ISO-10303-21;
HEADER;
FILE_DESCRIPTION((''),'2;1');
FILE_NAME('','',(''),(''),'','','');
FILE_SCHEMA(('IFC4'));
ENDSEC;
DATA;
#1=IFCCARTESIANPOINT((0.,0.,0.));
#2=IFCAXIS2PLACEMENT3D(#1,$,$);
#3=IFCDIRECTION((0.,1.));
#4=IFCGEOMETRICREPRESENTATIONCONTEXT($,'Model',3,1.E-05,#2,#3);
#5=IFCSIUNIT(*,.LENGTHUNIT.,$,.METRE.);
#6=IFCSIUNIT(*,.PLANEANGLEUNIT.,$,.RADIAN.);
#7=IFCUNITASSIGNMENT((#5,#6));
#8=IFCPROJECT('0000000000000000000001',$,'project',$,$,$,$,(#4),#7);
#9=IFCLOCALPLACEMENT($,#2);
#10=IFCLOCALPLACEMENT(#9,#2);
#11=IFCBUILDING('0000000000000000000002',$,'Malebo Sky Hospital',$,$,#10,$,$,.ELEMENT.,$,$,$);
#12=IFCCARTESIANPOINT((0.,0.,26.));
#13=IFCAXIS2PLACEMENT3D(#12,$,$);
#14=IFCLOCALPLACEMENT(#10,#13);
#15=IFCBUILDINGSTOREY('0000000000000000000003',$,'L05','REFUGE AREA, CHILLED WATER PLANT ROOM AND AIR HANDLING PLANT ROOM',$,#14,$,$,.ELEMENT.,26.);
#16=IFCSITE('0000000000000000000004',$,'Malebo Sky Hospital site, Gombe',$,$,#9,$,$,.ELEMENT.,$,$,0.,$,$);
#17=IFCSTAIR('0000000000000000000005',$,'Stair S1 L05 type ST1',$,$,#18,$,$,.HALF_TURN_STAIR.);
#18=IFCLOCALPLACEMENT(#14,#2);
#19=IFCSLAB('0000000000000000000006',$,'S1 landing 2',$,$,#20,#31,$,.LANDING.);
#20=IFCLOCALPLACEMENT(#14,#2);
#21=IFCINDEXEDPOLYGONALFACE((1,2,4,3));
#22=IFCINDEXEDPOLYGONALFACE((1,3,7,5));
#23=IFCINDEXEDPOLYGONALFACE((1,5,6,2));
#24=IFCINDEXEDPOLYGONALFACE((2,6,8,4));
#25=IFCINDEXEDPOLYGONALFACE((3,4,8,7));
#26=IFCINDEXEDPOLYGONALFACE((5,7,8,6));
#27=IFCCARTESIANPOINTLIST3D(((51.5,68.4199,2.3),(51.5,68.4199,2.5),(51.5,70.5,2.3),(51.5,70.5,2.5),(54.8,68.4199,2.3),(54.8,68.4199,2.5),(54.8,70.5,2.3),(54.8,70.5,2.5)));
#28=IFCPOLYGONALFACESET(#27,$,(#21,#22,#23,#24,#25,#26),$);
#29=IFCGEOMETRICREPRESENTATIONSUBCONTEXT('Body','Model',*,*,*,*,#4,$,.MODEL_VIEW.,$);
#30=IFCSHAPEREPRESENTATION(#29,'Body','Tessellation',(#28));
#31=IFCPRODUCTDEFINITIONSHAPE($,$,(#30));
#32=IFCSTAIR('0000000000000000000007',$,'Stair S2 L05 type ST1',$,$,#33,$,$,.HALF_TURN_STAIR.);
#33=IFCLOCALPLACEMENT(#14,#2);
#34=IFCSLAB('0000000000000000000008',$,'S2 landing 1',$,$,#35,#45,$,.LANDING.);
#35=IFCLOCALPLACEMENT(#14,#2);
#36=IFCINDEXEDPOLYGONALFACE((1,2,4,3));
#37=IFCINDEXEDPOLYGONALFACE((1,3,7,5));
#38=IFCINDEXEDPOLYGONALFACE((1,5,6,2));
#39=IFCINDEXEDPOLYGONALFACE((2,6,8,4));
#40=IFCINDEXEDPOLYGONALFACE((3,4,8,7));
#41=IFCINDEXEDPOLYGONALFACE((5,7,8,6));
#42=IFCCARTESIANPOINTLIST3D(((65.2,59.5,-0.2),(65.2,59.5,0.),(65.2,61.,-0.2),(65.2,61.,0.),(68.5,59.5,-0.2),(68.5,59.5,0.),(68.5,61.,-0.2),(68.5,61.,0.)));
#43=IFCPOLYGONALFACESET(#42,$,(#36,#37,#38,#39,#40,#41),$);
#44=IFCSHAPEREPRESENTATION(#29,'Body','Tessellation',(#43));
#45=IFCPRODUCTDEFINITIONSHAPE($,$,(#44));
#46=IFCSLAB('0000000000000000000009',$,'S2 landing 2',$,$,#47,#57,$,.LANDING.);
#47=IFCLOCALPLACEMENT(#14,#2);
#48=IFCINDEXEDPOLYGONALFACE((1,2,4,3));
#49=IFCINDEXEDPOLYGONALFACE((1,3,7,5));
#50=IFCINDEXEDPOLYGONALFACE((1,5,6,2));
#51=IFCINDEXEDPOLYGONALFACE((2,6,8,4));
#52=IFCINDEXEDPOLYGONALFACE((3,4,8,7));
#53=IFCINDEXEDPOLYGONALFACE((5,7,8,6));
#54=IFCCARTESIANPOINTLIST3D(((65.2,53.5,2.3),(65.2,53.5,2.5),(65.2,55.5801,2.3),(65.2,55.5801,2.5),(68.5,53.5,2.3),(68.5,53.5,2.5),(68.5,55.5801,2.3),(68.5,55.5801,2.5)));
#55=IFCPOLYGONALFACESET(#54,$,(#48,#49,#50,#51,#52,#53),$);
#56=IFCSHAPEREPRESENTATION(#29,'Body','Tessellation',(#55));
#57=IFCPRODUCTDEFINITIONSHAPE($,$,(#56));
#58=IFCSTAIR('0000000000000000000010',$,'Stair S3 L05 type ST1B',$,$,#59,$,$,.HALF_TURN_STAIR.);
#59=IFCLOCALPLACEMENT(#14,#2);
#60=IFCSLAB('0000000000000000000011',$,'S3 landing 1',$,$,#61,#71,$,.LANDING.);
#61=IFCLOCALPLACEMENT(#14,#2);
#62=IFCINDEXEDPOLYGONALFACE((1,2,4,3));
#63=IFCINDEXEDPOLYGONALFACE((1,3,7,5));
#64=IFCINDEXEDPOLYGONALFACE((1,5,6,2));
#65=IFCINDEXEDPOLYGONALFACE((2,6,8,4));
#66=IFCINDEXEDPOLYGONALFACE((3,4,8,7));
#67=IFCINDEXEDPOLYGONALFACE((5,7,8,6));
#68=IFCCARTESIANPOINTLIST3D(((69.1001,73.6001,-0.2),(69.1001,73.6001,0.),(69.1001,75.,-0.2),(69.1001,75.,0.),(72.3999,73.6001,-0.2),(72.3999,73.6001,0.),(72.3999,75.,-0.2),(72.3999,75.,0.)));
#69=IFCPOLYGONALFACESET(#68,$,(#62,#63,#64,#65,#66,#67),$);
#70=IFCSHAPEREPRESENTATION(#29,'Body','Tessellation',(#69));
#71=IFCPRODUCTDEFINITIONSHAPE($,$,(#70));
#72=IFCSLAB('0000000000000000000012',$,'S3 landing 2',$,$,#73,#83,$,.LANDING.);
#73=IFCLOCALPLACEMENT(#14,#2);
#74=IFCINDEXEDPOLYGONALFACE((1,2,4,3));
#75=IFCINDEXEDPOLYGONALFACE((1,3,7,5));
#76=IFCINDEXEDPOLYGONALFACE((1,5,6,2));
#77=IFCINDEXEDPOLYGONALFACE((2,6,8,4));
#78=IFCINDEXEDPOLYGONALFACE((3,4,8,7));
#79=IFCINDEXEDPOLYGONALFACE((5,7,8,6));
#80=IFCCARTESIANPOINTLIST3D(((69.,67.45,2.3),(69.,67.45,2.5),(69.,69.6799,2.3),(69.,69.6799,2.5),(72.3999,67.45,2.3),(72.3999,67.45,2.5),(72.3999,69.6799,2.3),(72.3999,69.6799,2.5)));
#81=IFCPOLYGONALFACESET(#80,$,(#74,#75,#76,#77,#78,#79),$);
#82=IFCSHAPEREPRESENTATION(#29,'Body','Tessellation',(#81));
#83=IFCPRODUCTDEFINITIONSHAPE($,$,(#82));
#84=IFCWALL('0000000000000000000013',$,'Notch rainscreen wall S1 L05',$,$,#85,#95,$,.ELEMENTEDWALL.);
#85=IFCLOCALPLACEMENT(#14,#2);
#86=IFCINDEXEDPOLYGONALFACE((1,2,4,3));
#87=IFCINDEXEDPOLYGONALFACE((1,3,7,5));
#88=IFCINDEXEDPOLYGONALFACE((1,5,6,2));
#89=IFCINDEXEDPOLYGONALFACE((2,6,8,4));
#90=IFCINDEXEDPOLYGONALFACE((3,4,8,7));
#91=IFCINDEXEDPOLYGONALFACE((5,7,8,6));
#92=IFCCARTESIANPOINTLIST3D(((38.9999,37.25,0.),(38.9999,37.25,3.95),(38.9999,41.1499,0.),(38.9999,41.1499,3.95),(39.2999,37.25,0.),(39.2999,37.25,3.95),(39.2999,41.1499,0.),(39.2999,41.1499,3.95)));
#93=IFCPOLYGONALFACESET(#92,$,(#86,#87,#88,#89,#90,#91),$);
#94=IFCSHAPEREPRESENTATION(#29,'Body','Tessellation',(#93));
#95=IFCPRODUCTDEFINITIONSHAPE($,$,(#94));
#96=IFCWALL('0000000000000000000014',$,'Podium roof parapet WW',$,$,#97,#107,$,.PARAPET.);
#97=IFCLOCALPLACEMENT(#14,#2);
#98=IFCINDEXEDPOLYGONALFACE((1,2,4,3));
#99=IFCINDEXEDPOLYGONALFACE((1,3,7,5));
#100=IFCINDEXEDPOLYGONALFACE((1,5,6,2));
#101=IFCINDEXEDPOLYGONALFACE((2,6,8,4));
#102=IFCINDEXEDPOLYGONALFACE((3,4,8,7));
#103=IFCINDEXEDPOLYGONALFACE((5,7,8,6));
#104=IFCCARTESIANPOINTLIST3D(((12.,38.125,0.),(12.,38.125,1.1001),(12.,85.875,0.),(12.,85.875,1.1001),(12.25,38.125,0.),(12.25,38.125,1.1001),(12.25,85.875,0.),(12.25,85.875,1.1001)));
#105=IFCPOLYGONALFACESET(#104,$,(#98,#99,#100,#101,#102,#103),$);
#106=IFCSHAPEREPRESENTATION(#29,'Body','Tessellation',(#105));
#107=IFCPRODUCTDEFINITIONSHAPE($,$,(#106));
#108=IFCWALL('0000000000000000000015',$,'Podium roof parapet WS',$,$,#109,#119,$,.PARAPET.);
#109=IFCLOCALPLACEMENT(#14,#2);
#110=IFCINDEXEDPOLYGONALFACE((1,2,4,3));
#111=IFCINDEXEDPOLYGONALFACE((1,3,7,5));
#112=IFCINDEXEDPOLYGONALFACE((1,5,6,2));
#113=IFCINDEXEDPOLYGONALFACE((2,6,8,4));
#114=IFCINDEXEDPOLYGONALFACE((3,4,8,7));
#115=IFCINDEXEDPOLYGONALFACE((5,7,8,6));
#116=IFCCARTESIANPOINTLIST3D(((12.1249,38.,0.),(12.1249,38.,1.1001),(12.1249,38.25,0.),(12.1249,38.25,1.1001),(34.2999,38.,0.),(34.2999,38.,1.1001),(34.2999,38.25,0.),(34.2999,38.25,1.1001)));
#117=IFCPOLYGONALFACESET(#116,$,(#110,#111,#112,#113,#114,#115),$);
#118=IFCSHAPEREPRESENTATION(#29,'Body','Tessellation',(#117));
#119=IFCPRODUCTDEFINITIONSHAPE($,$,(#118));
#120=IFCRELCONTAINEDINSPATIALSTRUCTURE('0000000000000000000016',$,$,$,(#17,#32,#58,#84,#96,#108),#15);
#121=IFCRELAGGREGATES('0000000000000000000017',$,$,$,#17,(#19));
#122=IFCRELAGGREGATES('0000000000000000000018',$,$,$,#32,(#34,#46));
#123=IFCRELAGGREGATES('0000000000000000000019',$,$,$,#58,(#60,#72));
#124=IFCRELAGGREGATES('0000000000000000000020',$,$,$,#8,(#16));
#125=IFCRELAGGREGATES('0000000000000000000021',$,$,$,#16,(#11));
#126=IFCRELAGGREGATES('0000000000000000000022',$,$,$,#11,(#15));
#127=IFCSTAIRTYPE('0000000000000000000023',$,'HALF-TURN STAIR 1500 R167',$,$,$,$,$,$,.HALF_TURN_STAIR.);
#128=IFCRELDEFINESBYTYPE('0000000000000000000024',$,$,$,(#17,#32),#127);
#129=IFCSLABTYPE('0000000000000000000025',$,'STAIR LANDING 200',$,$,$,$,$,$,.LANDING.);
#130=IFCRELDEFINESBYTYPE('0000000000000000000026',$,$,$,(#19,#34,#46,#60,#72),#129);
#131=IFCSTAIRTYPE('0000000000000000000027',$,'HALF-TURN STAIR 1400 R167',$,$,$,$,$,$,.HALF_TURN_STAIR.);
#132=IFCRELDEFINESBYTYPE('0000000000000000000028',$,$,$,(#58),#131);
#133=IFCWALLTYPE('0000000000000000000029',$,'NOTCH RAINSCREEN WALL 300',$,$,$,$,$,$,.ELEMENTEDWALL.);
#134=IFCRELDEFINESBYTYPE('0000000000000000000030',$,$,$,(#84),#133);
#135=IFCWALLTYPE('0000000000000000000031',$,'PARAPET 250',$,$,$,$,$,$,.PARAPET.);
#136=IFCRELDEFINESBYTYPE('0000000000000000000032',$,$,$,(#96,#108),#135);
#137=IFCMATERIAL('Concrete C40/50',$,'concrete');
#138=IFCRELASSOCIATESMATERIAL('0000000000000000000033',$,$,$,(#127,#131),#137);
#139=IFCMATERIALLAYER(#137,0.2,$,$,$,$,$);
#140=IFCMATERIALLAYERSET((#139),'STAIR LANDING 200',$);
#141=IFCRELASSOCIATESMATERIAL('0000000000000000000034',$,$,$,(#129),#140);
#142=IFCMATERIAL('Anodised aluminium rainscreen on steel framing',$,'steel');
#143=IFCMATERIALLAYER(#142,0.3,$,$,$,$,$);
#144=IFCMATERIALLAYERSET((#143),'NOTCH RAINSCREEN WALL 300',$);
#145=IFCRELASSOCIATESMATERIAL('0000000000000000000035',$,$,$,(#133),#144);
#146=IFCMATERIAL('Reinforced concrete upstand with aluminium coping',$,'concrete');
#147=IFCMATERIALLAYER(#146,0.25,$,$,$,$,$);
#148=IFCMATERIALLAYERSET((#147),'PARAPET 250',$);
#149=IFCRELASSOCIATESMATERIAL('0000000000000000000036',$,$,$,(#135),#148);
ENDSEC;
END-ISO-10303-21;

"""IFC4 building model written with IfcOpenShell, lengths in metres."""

from ifc_helpers import new_model, si_unit, direction, frame, frame_2d, origin, place, context, subcontext, project, spatial, polyline, rectangle, outline, extrude, material, layer, layer_set, type_object, element, aggregate, save


model = new_model("IFC4")

# Units and contexts
model_context = context("Model", 3, precision=1e-05, world=origin(), true_north=direction((0.0, 1.0)))
body_context = subcontext(model_context, "Body", "Model", "MODEL_VIEW")
ifc_project = project(units=[si_unit("LENGTHUNIT", "METRE"), si_unit("PLANEANGLEUNIT", "RADIAN")], contexts=[model_context])

# Site, building, storey
site_placement = place(None, origin())
site = spatial("IfcSite", under=ifc_project, at=site_placement, Name="Malebo Sky Hospital site, Gombe", CompositionType="ELEMENT", RefElevation=0.0)
building_placement = place(site_placement, origin())
building = spatial("IfcBuilding", under=site, at=building_placement, Name="Malebo Sky Hospital", CompositionType="ELEMENT")
storey_placement = place(building_placement, frame((0.0, 0.0, 26.0)))
storey = spatial("IfcBuildingStorey", under=building, at=storey_placement, Name="L05", Description="REFUGE AREA, CHILLED WATER PLANT ROOM AND AIR HANDLING PLANT ROOM", CompositionType="ELEMENT", Elevation=26.0)

# Shared definitions
ifc_material_1 = material(Name="Concrete C40/50", Category="concrete")

# Stairs, slabs
stair_type_1 = type_object("IfcStairType", Name="HALF-TURN STAIR 1500 R167", PredefinedType="HALF_TURN_STAIR", material=ifc_material_1)
stair_1_placement = place(storey_placement, origin())
stair_1 = element("IfcStair", 1, at=stair_1_placement, inside=storey, type_object=stair_type_1, Name="Stair S1 L05 type ST1", PredefinedType="HALF_TURN_STAIR")
ifc_layer_1 = layer(ifc_material_1, 0.2)
ifc_layer_set_1 = layer_set([ifc_layer_1], Name="STAIR LANDING 200")
slab_type_1 = type_object("IfcSlabType", Name="STAIR LANDING 200", PredefinedType="LANDING", material=ifc_layer_set_1)
slab_1_placement = place(storey_placement, frame((0.0, 0.0, 2.3)))
slab_1 = element("IfcSlab", 2, at=slab_1_placement, type_object=slab_type_1, Name="S1 landing 2", PredefinedType="LANDING", context=body_context, shape_type="SweptSolid", body=[
    extrude(outline(polyline([(51.5, 68.4199), (54.8, 68.4199), (54.8, 70.5), (51.5, 70.5), (51.5, 68.4199)])), origin(), (0.0, 0.0, 1.0), 0.2),
])
aggregate(stair_1, [slab_1])
stair_2_placement = place(storey_placement, origin())
stair_2 = element("IfcStair", 3, at=stair_2_placement, inside=storey, type_object=stair_type_1, Name="Stair S2 L05 type ST1", PredefinedType="HALF_TURN_STAIR")
slab_2_placement = place(storey_placement, frame((0.0, 0.0, -0.2)))
slab_2 = element("IfcSlab", 4, at=slab_2_placement, type_object=slab_type_1, Name="S2 landing 1", PredefinedType="LANDING", context=body_context, shape_type="SweptSolid", body=[
    extrude(outline(polyline([(65.2, 59.5), (68.5, 59.5), (68.5, 61.0), (65.2, 61.0), (65.2, 59.5)])), origin(), (0.0, 0.0, 1.0), 0.2),
])
slab_3_placement = place(storey_placement, frame((0.0, 0.0, 2.3)))
slab_3 = element("IfcSlab", 5, at=slab_3_placement, type_object=slab_type_1, Name="S2 landing 2", PredefinedType="LANDING", context=body_context, shape_type="SweptSolid", body=[
    extrude(outline(polyline([(65.2, 53.5), (68.5, 53.5), (68.5, 55.5801), (65.2, 55.5801), (65.2, 53.5)])), origin(), (0.0, 0.0, 1.0), 0.2),
])
aggregate(stair_2, [slab_2, slab_3])
stair_type_2 = type_object("IfcStairType", Name="HALF-TURN STAIR 1400 R167", PredefinedType="HALF_TURN_STAIR", material=ifc_material_1)
stair_3_placement = place(storey_placement, origin())
stair_3 = element("IfcStair", 6, at=stair_3_placement, inside=storey, type_object=stair_type_2, Name="Stair S3 L05 type ST1B", PredefinedType="HALF_TURN_STAIR")
slab_4_placement = place(storey_placement, frame((0.0, 0.0, -0.2)))
slab_4 = element("IfcSlab", 7, at=slab_4_placement, type_object=slab_type_1, Name="S3 landing 1", PredefinedType="LANDING", context=body_context, shape_type="SweptSolid", body=[
    extrude(outline(polyline([(69.1001, 73.6001), (72.3999, 73.6001), (72.3999, 75.0), (69.1001, 75.0), (69.1001, 73.6001)])), origin(), (0.0, 0.0, 1.0), 0.2),
])
slab_5_placement = place(storey_placement, frame((0.0, 0.0, 2.3)))
slab_5 = element("IfcSlab", 8, at=slab_5_placement, type_object=slab_type_1, Name="S3 landing 2", PredefinedType="LANDING", context=body_context, shape_type="SweptSolid", body=[
    extrude(outline(polyline([(69.0, 67.45), (72.3999, 67.45), (72.3999, 69.6799), (69.0, 69.6799), (69.0, 67.45)])), origin(), (0.0, 0.0, 1.0), 0.2),
])
aggregate(stair_3, [slab_4, slab_5])

# Walls
ifc_material_2 = material(Name="Anodised aluminium rainscreen on steel framing", Category="steel")
ifc_layer_2 = layer(ifc_material_2, 0.3)
ifc_layer_set_2 = layer_set([ifc_layer_2], Name="NOTCH RAINSCREEN WALL 300")
wall_type_1 = type_object("IfcWallType", Name="NOTCH RAINSCREEN WALL 300", PredefinedType="ELEMENTEDWALL", material=ifc_layer_set_2)
wall_1_placement = place(storey_placement, frame((39.1499, 37.25, 0.0), z_axis=(0.0, 0.0, 1.0), x_axis=(0.0, 1.0, 0.0)))
element("IfcWall", 9, at=wall_1_placement, inside=storey, type_object=wall_type_1, Name="Notch rainscreen wall S1 L05", PredefinedType="ELEMENTEDWALL", context=body_context, shape_type="SweptSolid", body=[
    extrude(rectangle(XDim=3.8999, YDim=0.3, at=frame_2d((1.95, 0.0))), origin(), (0.0, 0.0, 1.0), 3.95),
])
ifc_material_3 = material(Name="Reinforced concrete upstand with aluminium coping", Category="concrete")
ifc_layer_3 = layer(ifc_material_3, 0.25)
ifc_layer_set_3 = layer_set([ifc_layer_3], Name="PARAPET 250")
wall_type_2 = type_object("IfcWallType", Name="PARAPET 250", PredefinedType="PARAPET", material=ifc_layer_set_3)
wall_2_placement = place(storey_placement, frame((12.125, 38.125, 0.0), z_axis=(0.0, 0.0, 1.0), x_axis=(0.0, 1.0, 0.0)))
element("IfcWall", 10, at=wall_2_placement, inside=storey, type_object=wall_type_2, Name="Podium roof parapet WW", PredefinedType="PARAPET", context=body_context, shape_type="SweptSolid", body=[
    extrude(rectangle(XDim=47.75, YDim=0.25, at=frame_2d((23.875, 0.0))), origin(), (0.0, 0.0, 1.0), 1.1001),
])
wall_3_placement = place(storey_placement, frame((12.125, 38.125, 0.0), z_axis=(0.0, 0.0, 1.0), x_axis=(1.0, 0.0, 0.0)))
element("IfcWall", 11, at=wall_3_placement, inside=storey, type_object=wall_type_2, Name="Podium roof parapet WS", PredefinedType="PARAPET", context=body_context, shape_type="SweptSolid", body=[
    extrude(rectangle(XDim=22.175, YDim=0.25, at=frame_2d((11.0874, 0.0))), origin(), (0.0, 0.0, 1.0), 1.1001),
])

save(model, "model.ifc")
